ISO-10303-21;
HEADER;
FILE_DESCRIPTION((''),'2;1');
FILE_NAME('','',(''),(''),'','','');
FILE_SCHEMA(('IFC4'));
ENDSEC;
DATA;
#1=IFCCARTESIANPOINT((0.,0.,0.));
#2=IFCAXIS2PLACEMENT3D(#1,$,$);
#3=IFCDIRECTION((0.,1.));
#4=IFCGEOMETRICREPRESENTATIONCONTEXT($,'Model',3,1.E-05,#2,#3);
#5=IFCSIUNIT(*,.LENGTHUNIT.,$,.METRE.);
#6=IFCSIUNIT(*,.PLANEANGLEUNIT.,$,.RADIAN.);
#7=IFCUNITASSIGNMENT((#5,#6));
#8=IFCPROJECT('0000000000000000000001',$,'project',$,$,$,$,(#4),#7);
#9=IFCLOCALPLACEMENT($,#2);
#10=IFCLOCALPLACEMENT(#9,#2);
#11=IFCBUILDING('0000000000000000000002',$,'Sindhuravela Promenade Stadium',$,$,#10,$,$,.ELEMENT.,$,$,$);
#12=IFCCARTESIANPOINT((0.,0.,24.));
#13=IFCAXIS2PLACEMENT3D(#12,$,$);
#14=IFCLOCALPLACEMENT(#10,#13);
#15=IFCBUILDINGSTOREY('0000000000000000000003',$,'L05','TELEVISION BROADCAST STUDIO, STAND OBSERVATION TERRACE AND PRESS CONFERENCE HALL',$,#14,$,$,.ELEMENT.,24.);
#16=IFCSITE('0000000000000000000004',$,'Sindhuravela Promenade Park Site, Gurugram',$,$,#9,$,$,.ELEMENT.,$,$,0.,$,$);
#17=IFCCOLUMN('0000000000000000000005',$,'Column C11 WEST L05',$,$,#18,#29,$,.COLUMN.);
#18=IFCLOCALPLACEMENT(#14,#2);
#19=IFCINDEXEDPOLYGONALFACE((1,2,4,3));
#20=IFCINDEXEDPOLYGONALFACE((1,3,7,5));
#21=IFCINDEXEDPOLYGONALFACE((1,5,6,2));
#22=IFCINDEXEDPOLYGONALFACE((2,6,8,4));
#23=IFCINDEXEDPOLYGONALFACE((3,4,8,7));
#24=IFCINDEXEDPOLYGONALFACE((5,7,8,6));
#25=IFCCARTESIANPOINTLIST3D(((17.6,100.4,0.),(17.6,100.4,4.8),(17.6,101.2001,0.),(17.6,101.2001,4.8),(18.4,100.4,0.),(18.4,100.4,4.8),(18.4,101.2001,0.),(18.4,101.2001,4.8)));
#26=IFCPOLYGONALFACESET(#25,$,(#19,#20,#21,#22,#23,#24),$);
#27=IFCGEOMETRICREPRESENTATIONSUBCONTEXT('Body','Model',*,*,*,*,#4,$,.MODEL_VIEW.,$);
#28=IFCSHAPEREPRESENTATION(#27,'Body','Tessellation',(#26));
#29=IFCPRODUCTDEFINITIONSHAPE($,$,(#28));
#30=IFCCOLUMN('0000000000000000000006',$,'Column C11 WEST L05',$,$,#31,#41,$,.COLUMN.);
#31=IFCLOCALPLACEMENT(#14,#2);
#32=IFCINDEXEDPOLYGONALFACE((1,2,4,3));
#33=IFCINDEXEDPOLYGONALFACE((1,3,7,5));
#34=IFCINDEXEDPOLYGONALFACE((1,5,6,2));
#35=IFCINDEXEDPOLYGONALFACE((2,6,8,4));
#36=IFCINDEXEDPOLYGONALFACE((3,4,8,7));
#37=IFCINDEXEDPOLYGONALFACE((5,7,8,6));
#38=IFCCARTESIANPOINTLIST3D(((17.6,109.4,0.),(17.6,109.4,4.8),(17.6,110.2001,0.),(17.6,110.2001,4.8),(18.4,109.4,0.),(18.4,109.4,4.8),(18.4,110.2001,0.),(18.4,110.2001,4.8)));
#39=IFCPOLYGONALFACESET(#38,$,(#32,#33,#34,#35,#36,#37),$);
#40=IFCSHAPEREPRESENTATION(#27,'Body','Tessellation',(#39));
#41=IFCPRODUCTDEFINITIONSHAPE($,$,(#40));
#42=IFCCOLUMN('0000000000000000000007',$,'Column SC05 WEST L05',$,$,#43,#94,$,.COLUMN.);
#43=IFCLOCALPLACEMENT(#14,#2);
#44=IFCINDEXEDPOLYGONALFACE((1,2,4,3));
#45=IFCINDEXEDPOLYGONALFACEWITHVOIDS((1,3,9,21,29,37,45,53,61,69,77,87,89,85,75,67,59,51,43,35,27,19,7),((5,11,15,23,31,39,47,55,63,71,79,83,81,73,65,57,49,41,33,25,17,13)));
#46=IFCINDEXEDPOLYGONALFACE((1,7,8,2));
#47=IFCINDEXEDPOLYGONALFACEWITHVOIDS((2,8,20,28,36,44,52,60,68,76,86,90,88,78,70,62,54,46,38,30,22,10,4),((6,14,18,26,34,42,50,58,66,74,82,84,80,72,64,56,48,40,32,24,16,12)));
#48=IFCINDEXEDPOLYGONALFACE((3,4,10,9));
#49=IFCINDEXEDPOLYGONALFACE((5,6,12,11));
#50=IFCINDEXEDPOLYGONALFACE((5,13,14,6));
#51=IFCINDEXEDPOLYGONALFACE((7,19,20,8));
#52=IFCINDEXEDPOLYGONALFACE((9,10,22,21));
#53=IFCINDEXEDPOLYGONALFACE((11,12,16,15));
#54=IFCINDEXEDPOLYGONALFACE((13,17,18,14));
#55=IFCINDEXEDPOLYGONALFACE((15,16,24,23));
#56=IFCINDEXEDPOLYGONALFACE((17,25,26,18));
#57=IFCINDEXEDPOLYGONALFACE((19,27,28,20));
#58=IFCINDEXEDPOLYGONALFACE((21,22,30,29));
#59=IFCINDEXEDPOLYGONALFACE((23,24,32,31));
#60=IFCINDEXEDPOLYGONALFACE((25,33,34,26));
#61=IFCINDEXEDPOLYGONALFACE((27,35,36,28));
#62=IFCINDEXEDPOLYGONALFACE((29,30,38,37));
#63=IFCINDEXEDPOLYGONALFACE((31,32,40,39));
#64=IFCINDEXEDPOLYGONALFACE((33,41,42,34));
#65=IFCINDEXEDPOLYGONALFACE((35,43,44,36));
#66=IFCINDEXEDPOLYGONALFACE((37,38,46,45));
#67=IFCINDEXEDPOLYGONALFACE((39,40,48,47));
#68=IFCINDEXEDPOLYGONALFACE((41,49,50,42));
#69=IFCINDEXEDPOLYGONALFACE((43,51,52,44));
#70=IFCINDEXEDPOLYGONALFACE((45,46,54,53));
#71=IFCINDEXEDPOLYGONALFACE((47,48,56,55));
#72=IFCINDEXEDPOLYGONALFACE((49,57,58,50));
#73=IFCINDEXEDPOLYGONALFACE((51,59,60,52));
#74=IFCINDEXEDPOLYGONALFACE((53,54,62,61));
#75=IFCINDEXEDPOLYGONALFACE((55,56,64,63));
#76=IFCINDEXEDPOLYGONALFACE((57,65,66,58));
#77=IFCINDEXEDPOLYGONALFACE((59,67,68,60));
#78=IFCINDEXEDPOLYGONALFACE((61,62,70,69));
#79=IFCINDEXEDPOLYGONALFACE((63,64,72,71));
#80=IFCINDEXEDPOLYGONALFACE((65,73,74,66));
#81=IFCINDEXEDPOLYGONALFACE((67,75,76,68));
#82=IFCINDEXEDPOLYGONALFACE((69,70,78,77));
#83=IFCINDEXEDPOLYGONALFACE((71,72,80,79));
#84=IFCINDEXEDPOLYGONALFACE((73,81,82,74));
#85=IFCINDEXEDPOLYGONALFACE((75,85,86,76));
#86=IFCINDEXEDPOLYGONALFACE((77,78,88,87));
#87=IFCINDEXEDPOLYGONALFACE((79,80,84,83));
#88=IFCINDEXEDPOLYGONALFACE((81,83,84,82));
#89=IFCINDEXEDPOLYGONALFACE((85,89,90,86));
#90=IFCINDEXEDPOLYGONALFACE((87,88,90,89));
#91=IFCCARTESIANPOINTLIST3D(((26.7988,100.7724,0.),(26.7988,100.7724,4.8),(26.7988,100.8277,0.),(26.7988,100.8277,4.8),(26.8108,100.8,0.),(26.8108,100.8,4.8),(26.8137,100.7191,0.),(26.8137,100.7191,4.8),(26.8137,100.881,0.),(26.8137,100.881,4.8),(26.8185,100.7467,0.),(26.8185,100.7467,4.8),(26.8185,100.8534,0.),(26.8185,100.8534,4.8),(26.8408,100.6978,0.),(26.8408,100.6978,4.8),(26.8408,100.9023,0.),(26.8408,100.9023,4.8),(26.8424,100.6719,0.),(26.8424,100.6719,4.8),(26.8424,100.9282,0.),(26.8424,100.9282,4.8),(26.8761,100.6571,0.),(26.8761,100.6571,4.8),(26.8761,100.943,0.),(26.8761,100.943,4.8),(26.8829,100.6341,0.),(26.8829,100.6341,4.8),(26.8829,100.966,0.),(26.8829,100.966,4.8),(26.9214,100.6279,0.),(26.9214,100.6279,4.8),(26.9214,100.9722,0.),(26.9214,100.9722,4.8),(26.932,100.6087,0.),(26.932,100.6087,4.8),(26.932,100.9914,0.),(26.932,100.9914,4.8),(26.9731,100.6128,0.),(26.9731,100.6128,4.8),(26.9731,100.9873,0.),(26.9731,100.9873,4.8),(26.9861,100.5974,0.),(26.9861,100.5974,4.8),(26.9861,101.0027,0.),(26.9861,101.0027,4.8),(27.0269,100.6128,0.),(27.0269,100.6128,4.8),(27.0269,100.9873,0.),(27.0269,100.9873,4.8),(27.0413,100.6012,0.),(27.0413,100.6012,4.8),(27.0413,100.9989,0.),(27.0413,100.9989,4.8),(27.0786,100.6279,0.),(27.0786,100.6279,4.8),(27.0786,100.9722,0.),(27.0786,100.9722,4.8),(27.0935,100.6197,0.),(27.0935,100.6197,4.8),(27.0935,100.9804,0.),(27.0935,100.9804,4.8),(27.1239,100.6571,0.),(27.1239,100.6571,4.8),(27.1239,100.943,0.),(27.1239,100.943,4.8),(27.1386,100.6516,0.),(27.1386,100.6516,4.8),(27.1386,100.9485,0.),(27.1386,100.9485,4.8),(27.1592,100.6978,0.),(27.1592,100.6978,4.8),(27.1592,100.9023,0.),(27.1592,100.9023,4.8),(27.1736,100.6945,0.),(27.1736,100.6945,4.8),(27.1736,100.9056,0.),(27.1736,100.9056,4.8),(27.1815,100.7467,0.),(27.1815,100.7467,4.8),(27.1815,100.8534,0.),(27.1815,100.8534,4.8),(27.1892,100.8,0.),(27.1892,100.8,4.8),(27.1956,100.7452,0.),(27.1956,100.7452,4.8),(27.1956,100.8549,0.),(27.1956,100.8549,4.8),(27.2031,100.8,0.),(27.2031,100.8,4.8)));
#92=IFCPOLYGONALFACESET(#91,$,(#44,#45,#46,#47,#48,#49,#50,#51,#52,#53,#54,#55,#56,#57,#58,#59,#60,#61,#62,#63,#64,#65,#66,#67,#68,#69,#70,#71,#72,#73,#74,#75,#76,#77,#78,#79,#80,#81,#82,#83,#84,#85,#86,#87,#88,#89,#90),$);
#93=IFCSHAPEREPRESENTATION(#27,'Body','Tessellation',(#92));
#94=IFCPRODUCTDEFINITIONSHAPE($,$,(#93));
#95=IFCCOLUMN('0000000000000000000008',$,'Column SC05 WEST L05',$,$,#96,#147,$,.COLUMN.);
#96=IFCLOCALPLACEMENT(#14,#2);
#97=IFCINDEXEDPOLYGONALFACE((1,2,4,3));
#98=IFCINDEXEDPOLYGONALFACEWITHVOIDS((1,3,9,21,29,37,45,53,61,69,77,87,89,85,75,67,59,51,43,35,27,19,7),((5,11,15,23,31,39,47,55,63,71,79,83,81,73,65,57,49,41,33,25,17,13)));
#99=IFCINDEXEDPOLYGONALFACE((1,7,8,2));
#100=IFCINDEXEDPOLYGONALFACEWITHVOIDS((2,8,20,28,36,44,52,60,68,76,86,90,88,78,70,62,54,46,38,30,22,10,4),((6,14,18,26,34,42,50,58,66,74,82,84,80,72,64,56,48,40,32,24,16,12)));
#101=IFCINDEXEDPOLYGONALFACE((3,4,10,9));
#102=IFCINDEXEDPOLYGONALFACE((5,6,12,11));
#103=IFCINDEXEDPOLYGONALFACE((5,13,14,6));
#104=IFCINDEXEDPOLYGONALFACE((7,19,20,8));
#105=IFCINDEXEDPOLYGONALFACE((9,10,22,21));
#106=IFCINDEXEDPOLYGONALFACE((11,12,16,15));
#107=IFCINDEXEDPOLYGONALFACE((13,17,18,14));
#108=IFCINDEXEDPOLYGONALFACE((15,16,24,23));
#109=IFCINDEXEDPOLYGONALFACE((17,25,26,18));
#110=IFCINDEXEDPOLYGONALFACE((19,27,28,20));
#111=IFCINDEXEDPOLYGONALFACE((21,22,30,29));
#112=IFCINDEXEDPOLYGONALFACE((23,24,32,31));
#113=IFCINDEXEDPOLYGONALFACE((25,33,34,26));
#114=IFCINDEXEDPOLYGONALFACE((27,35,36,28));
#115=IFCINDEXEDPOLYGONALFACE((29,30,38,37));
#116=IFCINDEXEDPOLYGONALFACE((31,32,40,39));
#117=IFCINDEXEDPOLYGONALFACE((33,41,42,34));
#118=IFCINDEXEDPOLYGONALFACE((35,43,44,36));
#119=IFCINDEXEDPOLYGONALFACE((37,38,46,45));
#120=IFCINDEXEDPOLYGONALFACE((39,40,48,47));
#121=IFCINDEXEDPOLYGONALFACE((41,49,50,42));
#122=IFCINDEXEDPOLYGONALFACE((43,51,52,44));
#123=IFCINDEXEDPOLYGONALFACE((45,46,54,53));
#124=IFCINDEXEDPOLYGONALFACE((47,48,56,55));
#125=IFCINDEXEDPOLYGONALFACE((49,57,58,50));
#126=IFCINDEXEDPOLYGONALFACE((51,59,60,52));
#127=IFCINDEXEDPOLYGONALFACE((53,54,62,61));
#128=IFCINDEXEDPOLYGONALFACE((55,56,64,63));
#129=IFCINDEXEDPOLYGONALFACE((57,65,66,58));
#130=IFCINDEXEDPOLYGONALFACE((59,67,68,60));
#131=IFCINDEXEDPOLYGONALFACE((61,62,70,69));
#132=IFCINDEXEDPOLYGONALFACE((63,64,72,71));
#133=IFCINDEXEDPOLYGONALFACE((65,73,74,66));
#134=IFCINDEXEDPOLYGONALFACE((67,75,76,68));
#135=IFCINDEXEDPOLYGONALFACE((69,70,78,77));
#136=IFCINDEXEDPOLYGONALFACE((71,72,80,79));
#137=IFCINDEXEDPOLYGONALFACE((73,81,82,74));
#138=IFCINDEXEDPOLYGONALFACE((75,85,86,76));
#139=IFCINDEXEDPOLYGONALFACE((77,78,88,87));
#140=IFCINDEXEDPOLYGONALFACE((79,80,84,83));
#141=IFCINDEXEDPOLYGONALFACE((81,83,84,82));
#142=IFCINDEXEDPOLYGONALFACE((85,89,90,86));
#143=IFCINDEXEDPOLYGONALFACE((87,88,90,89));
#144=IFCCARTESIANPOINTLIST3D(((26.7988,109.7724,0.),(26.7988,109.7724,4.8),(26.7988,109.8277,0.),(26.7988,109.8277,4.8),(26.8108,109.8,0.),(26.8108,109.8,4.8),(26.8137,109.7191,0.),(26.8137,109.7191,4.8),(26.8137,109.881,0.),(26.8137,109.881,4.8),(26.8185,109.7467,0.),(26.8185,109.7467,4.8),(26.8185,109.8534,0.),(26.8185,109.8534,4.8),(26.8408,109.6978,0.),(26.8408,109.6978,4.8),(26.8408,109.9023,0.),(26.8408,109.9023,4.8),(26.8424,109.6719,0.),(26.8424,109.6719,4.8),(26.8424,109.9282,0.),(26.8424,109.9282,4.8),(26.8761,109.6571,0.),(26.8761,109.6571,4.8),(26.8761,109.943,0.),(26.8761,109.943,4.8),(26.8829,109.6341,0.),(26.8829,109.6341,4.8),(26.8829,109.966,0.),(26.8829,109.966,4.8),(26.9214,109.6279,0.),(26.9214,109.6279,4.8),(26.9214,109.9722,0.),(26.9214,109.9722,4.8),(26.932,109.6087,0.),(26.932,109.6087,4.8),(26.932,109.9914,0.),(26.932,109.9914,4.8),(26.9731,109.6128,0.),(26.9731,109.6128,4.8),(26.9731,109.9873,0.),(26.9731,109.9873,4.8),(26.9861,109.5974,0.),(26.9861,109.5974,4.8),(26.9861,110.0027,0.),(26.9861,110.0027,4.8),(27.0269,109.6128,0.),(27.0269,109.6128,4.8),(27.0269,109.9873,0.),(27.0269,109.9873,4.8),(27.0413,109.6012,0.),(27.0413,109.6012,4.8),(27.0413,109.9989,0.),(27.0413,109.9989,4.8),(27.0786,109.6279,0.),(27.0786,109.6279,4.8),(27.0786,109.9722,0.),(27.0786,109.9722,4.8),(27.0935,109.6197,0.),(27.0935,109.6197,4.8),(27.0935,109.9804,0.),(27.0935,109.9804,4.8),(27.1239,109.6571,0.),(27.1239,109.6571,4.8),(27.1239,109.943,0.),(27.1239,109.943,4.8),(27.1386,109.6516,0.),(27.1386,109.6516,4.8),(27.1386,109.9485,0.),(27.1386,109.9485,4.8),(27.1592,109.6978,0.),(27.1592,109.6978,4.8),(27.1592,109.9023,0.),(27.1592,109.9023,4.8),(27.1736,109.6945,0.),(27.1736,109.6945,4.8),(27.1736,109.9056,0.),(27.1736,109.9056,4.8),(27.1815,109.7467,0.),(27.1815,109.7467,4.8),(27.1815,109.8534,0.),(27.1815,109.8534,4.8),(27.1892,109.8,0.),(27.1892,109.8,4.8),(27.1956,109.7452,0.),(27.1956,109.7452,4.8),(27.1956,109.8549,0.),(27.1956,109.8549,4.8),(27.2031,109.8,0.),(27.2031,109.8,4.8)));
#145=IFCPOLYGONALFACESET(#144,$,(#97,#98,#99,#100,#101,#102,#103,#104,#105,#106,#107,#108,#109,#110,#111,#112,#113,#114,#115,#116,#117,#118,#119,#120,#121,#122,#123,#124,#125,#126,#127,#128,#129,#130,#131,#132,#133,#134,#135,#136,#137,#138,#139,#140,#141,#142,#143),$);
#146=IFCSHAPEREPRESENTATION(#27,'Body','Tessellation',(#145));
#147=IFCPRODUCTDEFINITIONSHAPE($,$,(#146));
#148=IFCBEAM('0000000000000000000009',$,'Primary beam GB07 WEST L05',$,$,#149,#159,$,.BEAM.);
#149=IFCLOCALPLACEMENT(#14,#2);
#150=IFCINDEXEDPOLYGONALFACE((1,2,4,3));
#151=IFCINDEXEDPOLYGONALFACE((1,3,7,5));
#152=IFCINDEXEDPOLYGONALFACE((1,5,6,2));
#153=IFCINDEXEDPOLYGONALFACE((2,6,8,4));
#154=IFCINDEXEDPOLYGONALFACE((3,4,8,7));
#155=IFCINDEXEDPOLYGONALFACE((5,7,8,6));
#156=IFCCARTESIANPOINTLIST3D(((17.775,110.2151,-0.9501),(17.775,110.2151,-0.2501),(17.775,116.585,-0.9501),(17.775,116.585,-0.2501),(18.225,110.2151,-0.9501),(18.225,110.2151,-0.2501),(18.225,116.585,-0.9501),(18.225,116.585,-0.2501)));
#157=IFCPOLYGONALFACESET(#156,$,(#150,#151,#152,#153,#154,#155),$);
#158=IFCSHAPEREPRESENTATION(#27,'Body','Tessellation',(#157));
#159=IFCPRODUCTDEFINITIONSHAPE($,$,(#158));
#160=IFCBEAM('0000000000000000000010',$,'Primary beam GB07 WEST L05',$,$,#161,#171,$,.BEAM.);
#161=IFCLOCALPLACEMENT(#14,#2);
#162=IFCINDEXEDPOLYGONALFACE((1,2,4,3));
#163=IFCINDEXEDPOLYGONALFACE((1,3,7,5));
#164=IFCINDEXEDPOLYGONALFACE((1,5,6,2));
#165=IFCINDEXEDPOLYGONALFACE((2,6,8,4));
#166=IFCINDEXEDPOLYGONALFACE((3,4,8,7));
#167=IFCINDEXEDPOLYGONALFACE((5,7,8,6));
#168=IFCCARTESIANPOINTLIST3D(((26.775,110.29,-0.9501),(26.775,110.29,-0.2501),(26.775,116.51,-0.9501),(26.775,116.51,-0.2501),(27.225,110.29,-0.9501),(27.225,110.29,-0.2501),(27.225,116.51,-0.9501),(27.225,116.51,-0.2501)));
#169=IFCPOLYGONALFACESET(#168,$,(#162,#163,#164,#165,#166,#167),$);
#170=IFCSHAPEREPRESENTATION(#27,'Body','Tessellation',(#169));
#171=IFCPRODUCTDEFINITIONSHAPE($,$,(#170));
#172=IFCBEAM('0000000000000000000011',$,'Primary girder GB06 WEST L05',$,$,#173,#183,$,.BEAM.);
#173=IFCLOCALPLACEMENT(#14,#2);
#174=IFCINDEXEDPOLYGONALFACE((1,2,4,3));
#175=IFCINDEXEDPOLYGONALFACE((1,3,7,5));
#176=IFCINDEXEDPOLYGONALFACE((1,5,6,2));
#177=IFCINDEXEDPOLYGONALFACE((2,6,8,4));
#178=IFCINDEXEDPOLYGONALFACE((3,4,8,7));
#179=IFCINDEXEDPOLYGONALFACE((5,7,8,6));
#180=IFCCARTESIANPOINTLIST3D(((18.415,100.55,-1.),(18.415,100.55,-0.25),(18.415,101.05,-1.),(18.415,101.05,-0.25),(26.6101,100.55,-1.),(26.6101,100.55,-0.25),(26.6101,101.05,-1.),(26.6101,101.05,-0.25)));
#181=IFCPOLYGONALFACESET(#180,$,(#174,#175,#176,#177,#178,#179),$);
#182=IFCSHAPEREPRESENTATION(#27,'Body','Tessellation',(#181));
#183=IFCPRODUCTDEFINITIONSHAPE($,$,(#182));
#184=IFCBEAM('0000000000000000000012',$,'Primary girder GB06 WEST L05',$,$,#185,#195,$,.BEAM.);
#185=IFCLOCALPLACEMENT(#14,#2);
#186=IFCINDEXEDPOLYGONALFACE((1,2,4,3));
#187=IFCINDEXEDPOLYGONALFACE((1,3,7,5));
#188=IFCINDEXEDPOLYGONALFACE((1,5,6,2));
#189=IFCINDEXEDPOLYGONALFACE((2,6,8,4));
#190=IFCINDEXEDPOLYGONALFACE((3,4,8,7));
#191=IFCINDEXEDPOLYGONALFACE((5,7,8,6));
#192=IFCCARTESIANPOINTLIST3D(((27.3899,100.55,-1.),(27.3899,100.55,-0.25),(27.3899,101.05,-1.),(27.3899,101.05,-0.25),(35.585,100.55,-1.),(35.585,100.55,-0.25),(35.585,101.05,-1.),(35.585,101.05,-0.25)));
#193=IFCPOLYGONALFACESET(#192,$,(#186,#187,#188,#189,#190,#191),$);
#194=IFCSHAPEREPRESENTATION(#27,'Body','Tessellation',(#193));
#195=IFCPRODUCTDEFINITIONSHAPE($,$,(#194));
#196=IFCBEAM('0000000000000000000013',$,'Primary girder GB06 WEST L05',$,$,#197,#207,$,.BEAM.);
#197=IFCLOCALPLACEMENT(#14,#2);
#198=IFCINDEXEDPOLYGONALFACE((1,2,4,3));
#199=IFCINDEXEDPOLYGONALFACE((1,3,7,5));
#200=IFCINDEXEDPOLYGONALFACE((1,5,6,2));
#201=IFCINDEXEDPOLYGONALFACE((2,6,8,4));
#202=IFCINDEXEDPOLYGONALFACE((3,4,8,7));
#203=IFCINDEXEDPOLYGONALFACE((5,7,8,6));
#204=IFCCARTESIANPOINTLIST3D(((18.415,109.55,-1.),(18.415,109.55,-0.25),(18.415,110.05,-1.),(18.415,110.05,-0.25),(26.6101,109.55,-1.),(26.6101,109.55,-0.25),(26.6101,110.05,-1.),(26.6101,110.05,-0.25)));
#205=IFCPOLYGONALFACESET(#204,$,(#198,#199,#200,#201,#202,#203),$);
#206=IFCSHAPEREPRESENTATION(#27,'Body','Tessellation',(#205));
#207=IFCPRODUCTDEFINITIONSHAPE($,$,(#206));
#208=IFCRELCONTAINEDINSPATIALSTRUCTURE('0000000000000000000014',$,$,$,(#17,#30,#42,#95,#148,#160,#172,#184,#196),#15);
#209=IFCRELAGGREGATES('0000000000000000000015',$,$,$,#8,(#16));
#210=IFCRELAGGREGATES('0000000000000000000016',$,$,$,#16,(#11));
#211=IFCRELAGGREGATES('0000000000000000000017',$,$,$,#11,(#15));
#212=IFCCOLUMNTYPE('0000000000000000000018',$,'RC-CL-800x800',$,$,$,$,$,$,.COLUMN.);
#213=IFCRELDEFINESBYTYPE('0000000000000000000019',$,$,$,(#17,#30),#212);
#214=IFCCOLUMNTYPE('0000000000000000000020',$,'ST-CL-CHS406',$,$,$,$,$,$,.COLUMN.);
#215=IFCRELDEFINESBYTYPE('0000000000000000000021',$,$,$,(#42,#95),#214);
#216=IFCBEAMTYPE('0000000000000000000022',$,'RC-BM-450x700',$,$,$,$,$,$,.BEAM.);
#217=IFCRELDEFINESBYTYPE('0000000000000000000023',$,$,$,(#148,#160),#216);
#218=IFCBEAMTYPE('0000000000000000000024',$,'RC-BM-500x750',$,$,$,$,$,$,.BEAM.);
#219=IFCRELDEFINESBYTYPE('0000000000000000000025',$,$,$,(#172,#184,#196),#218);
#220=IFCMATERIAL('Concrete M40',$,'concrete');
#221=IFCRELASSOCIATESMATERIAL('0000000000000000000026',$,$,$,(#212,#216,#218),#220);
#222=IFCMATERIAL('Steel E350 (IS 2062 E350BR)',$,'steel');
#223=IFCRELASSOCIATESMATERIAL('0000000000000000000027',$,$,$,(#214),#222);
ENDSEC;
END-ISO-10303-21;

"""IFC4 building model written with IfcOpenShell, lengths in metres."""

from ifc_helpers import new_model, si_unit, direction, frame, origin, origin_2d, place, context, subcontext, project, spatial, rectangle, hollow_circle, extrude, material, material_profile, profile_set, type_object, element, save


model = new_model("IFC4")

# Units and contexts
model_context = context("Model", 3, precision=1e-05, world=origin(), true_north=direction((0.0, 1.0)))
body_context = subcontext(model_context, "Body", "Model", "MODEL_VIEW")
ifc_project = project(units=[si_unit("LENGTHUNIT", "METRE"), si_unit("PLANEANGLEUNIT", "RADIAN")], contexts=[model_context])

# Site, building, storey
site_placement = place(None, origin())
site = spatial("IfcSite", under=ifc_project, at=site_placement, Name="Sindhuravela Promenade Park Site, Gurugram", CompositionType="ELEMENT", RefElevation=0.0)
building_placement = place(site_placement, origin())
building = spatial("IfcBuilding", under=site, at=building_placement, Name="Sindhuravela Promenade Stadium", CompositionType="ELEMENT")
storey_placement = place(building_placement, frame((0.0, 0.0, 24.0)))
storey = spatial("IfcBuildingStorey", under=building, at=storey_placement, Name="L05", Description="TELEVISION BROADCAST STUDIO, STAND OBSERVATION TERRACE AND PRESS CONFERENCE HALL", CompositionType="ELEMENT", Elevation=24.0)

# Columns
ifc_material_1 = material(Name="Concrete M40", Category="concrete")
ifc_material_profile_1 = material_profile(ifc_material_1, rectangle(XDim=0.8, YDim=0.8, at=origin_2d()), Name="RC 800x800")
ifc_profile_set_1 = profile_set([ifc_material_profile_1], Name="Concrete M40")
column_type_1 = type_object("IfcColumnType", Name="RC-CL-800x800", PredefinedType="COLUMN", material=ifc_profile_set_1)
for number, where, z_axis, x_axis, name in (
    (1, (18.0, 100.8, 0.0), (0.0, 0.0, 1.0), (1.0, 0.0, 0.0), "Column C11 WEST L05"),
    (2, (18.0, 109.8, 0.0), (0.0, 0.0, 1.0), (1.0, 0.0, 0.0), "Column C11 WEST L05"),
):
    element("IfcColumn", number, at=place(storey_placement, frame(where, z_axis=z_axis, x_axis=x_axis)), inside=storey, type_object=column_type_1, Name=name, PredefinedType="COLUMN", context=body_context, shape_type="SweptSolid", body=[
        extrude(rectangle(XDim=0.8, YDim=0.8, at=origin_2d()), origin(), (0.0, 0.0, 1.0), 4.8),
    ])
ifc_material_2 = material(Name="Steel E350 (IS 2062 E350BR)", Category="steel")
ifc_material_profile_2 = material_profile(ifc_material_2, hollow_circle(Radius=0.2031, WallThickness=0.0139, at=origin_2d()), Name="CHS 406.4x14")
ifc_profile_set_2 = profile_set([ifc_material_profile_2], Name="Steel E350 (IS 2062 E350BR)")
column_type_2 = type_object("IfcColumnType", Name="ST-CL-CHS406", PredefinedType="COLUMN", material=ifc_profile_set_2)
for number, where, z_axis, x_axis, name in (
    (3, (27.0, 100.8, 0.0), (0.0, 0.0, 1.0), (1.0, 0.0, 0.0), "Column SC05 WEST L05"),
    (4, (27.0, 109.8, 0.0), (0.0, 0.0, 1.0), (1.0, 0.0, 0.0), "Column SC05 WEST L05"),
):
    element("IfcColumn", number, at=place(storey_placement, frame(where, z_axis=z_axis, x_axis=x_axis)), inside=storey, type_object=column_type_2, Name=name, PredefinedType="COLUMN", context=body_context, shape_type="SweptSolid", body=[
        extrude(hollow_circle(Radius=0.2031, WallThickness=0.0139, at=origin_2d()), origin(), (0.0, 0.0, 1.0), 4.8),
    ])

# Beams
ifc_material_profile_3 = material_profile(ifc_material_1, rectangle(XDim=0.45, YDim=0.7, at=origin_2d()), Name="RC 450x700")
ifc_profile_set_3 = profile_set([ifc_material_profile_3], Name="Concrete M40")
beam_type_1 = type_object("IfcBeamType", Name="RC-BM-450x700", PredefinedType="BEAM", material=ifc_profile_set_3)
beam_1_placement = place(storey_placement, frame((18.0, 110.2151, -0.6001), z_axis=(0.0, 1.0, 0.0), x_axis=(-1.0, 0.0, 0.0)))
element("IfcBeam", 5, at=beam_1_placement, inside=storey, type_object=beam_type_1, Name="Primary beam GB07 WEST L05", PredefinedType="BEAM", context=body_context, shape_type="SweptSolid", body=[
    extrude(rectangle(XDim=0.45, YDim=0.7, at=origin_2d()), origin(), (0.0, 0.0, 1.0), 6.3699),
])
beam_2_placement = place(storey_placement, frame((27.0, 110.29, -0.6001), z_axis=(0.0, 1.0, 0.0), x_axis=(-1.0, 0.0, 0.0)))
element("IfcBeam", 6, at=beam_2_placement, inside=storey, type_object=beam_type_1, Name="Primary beam GB07 WEST L05", PredefinedType="BEAM", context=body_context, shape_type="SweptSolid", body=[
    extrude(rectangle(XDim=0.45, YDim=0.7, at=origin_2d()), origin(), (0.0, 0.0, 1.0), 6.22),
])
ifc_material_profile_4 = material_profile(ifc_material_1, rectangle(XDim=0.5, YDim=0.75, at=origin_2d()), Name="RC 500x750")
ifc_profile_set_4 = profile_set([ifc_material_profile_4], Name="Concrete M40")
beam_type_2 = type_object("IfcBeamType", Name="RC-BM-500x750", PredefinedType="BEAM", material=ifc_profile_set_4)
for number, where, z_axis, x_axis, name in (
    (7, (18.415, 100.8, -0.625), (1.0, 0.0, 0.0), (0.0, 1.0, 0.0), "Primary girder GB06 WEST L05"),
    (8, (27.3899, 100.8, -0.625), (1.0, 0.0, 0.0), (0.0, 1.0, 0.0), "Primary girder GB06 WEST L05"),
    (9, (18.415, 109.8, -0.625), (1.0, 0.0, 0.0), (0.0, 1.0, 0.0), "Primary girder GB06 WEST L05"),
):
    element("IfcBeam", number, at=place(storey_placement, frame(where, z_axis=z_axis, x_axis=x_axis)), inside=storey, type_object=beam_type_2, Name=name, PredefinedType="BEAM", context=body_context, shape_type="SweptSolid", body=[
        extrude(rectangle(XDim=0.5, YDim=0.75, at=origin_2d()), origin(), (0.0, 0.0, 1.0), 8.1951),
    ])

save(model, "model.ifc")
